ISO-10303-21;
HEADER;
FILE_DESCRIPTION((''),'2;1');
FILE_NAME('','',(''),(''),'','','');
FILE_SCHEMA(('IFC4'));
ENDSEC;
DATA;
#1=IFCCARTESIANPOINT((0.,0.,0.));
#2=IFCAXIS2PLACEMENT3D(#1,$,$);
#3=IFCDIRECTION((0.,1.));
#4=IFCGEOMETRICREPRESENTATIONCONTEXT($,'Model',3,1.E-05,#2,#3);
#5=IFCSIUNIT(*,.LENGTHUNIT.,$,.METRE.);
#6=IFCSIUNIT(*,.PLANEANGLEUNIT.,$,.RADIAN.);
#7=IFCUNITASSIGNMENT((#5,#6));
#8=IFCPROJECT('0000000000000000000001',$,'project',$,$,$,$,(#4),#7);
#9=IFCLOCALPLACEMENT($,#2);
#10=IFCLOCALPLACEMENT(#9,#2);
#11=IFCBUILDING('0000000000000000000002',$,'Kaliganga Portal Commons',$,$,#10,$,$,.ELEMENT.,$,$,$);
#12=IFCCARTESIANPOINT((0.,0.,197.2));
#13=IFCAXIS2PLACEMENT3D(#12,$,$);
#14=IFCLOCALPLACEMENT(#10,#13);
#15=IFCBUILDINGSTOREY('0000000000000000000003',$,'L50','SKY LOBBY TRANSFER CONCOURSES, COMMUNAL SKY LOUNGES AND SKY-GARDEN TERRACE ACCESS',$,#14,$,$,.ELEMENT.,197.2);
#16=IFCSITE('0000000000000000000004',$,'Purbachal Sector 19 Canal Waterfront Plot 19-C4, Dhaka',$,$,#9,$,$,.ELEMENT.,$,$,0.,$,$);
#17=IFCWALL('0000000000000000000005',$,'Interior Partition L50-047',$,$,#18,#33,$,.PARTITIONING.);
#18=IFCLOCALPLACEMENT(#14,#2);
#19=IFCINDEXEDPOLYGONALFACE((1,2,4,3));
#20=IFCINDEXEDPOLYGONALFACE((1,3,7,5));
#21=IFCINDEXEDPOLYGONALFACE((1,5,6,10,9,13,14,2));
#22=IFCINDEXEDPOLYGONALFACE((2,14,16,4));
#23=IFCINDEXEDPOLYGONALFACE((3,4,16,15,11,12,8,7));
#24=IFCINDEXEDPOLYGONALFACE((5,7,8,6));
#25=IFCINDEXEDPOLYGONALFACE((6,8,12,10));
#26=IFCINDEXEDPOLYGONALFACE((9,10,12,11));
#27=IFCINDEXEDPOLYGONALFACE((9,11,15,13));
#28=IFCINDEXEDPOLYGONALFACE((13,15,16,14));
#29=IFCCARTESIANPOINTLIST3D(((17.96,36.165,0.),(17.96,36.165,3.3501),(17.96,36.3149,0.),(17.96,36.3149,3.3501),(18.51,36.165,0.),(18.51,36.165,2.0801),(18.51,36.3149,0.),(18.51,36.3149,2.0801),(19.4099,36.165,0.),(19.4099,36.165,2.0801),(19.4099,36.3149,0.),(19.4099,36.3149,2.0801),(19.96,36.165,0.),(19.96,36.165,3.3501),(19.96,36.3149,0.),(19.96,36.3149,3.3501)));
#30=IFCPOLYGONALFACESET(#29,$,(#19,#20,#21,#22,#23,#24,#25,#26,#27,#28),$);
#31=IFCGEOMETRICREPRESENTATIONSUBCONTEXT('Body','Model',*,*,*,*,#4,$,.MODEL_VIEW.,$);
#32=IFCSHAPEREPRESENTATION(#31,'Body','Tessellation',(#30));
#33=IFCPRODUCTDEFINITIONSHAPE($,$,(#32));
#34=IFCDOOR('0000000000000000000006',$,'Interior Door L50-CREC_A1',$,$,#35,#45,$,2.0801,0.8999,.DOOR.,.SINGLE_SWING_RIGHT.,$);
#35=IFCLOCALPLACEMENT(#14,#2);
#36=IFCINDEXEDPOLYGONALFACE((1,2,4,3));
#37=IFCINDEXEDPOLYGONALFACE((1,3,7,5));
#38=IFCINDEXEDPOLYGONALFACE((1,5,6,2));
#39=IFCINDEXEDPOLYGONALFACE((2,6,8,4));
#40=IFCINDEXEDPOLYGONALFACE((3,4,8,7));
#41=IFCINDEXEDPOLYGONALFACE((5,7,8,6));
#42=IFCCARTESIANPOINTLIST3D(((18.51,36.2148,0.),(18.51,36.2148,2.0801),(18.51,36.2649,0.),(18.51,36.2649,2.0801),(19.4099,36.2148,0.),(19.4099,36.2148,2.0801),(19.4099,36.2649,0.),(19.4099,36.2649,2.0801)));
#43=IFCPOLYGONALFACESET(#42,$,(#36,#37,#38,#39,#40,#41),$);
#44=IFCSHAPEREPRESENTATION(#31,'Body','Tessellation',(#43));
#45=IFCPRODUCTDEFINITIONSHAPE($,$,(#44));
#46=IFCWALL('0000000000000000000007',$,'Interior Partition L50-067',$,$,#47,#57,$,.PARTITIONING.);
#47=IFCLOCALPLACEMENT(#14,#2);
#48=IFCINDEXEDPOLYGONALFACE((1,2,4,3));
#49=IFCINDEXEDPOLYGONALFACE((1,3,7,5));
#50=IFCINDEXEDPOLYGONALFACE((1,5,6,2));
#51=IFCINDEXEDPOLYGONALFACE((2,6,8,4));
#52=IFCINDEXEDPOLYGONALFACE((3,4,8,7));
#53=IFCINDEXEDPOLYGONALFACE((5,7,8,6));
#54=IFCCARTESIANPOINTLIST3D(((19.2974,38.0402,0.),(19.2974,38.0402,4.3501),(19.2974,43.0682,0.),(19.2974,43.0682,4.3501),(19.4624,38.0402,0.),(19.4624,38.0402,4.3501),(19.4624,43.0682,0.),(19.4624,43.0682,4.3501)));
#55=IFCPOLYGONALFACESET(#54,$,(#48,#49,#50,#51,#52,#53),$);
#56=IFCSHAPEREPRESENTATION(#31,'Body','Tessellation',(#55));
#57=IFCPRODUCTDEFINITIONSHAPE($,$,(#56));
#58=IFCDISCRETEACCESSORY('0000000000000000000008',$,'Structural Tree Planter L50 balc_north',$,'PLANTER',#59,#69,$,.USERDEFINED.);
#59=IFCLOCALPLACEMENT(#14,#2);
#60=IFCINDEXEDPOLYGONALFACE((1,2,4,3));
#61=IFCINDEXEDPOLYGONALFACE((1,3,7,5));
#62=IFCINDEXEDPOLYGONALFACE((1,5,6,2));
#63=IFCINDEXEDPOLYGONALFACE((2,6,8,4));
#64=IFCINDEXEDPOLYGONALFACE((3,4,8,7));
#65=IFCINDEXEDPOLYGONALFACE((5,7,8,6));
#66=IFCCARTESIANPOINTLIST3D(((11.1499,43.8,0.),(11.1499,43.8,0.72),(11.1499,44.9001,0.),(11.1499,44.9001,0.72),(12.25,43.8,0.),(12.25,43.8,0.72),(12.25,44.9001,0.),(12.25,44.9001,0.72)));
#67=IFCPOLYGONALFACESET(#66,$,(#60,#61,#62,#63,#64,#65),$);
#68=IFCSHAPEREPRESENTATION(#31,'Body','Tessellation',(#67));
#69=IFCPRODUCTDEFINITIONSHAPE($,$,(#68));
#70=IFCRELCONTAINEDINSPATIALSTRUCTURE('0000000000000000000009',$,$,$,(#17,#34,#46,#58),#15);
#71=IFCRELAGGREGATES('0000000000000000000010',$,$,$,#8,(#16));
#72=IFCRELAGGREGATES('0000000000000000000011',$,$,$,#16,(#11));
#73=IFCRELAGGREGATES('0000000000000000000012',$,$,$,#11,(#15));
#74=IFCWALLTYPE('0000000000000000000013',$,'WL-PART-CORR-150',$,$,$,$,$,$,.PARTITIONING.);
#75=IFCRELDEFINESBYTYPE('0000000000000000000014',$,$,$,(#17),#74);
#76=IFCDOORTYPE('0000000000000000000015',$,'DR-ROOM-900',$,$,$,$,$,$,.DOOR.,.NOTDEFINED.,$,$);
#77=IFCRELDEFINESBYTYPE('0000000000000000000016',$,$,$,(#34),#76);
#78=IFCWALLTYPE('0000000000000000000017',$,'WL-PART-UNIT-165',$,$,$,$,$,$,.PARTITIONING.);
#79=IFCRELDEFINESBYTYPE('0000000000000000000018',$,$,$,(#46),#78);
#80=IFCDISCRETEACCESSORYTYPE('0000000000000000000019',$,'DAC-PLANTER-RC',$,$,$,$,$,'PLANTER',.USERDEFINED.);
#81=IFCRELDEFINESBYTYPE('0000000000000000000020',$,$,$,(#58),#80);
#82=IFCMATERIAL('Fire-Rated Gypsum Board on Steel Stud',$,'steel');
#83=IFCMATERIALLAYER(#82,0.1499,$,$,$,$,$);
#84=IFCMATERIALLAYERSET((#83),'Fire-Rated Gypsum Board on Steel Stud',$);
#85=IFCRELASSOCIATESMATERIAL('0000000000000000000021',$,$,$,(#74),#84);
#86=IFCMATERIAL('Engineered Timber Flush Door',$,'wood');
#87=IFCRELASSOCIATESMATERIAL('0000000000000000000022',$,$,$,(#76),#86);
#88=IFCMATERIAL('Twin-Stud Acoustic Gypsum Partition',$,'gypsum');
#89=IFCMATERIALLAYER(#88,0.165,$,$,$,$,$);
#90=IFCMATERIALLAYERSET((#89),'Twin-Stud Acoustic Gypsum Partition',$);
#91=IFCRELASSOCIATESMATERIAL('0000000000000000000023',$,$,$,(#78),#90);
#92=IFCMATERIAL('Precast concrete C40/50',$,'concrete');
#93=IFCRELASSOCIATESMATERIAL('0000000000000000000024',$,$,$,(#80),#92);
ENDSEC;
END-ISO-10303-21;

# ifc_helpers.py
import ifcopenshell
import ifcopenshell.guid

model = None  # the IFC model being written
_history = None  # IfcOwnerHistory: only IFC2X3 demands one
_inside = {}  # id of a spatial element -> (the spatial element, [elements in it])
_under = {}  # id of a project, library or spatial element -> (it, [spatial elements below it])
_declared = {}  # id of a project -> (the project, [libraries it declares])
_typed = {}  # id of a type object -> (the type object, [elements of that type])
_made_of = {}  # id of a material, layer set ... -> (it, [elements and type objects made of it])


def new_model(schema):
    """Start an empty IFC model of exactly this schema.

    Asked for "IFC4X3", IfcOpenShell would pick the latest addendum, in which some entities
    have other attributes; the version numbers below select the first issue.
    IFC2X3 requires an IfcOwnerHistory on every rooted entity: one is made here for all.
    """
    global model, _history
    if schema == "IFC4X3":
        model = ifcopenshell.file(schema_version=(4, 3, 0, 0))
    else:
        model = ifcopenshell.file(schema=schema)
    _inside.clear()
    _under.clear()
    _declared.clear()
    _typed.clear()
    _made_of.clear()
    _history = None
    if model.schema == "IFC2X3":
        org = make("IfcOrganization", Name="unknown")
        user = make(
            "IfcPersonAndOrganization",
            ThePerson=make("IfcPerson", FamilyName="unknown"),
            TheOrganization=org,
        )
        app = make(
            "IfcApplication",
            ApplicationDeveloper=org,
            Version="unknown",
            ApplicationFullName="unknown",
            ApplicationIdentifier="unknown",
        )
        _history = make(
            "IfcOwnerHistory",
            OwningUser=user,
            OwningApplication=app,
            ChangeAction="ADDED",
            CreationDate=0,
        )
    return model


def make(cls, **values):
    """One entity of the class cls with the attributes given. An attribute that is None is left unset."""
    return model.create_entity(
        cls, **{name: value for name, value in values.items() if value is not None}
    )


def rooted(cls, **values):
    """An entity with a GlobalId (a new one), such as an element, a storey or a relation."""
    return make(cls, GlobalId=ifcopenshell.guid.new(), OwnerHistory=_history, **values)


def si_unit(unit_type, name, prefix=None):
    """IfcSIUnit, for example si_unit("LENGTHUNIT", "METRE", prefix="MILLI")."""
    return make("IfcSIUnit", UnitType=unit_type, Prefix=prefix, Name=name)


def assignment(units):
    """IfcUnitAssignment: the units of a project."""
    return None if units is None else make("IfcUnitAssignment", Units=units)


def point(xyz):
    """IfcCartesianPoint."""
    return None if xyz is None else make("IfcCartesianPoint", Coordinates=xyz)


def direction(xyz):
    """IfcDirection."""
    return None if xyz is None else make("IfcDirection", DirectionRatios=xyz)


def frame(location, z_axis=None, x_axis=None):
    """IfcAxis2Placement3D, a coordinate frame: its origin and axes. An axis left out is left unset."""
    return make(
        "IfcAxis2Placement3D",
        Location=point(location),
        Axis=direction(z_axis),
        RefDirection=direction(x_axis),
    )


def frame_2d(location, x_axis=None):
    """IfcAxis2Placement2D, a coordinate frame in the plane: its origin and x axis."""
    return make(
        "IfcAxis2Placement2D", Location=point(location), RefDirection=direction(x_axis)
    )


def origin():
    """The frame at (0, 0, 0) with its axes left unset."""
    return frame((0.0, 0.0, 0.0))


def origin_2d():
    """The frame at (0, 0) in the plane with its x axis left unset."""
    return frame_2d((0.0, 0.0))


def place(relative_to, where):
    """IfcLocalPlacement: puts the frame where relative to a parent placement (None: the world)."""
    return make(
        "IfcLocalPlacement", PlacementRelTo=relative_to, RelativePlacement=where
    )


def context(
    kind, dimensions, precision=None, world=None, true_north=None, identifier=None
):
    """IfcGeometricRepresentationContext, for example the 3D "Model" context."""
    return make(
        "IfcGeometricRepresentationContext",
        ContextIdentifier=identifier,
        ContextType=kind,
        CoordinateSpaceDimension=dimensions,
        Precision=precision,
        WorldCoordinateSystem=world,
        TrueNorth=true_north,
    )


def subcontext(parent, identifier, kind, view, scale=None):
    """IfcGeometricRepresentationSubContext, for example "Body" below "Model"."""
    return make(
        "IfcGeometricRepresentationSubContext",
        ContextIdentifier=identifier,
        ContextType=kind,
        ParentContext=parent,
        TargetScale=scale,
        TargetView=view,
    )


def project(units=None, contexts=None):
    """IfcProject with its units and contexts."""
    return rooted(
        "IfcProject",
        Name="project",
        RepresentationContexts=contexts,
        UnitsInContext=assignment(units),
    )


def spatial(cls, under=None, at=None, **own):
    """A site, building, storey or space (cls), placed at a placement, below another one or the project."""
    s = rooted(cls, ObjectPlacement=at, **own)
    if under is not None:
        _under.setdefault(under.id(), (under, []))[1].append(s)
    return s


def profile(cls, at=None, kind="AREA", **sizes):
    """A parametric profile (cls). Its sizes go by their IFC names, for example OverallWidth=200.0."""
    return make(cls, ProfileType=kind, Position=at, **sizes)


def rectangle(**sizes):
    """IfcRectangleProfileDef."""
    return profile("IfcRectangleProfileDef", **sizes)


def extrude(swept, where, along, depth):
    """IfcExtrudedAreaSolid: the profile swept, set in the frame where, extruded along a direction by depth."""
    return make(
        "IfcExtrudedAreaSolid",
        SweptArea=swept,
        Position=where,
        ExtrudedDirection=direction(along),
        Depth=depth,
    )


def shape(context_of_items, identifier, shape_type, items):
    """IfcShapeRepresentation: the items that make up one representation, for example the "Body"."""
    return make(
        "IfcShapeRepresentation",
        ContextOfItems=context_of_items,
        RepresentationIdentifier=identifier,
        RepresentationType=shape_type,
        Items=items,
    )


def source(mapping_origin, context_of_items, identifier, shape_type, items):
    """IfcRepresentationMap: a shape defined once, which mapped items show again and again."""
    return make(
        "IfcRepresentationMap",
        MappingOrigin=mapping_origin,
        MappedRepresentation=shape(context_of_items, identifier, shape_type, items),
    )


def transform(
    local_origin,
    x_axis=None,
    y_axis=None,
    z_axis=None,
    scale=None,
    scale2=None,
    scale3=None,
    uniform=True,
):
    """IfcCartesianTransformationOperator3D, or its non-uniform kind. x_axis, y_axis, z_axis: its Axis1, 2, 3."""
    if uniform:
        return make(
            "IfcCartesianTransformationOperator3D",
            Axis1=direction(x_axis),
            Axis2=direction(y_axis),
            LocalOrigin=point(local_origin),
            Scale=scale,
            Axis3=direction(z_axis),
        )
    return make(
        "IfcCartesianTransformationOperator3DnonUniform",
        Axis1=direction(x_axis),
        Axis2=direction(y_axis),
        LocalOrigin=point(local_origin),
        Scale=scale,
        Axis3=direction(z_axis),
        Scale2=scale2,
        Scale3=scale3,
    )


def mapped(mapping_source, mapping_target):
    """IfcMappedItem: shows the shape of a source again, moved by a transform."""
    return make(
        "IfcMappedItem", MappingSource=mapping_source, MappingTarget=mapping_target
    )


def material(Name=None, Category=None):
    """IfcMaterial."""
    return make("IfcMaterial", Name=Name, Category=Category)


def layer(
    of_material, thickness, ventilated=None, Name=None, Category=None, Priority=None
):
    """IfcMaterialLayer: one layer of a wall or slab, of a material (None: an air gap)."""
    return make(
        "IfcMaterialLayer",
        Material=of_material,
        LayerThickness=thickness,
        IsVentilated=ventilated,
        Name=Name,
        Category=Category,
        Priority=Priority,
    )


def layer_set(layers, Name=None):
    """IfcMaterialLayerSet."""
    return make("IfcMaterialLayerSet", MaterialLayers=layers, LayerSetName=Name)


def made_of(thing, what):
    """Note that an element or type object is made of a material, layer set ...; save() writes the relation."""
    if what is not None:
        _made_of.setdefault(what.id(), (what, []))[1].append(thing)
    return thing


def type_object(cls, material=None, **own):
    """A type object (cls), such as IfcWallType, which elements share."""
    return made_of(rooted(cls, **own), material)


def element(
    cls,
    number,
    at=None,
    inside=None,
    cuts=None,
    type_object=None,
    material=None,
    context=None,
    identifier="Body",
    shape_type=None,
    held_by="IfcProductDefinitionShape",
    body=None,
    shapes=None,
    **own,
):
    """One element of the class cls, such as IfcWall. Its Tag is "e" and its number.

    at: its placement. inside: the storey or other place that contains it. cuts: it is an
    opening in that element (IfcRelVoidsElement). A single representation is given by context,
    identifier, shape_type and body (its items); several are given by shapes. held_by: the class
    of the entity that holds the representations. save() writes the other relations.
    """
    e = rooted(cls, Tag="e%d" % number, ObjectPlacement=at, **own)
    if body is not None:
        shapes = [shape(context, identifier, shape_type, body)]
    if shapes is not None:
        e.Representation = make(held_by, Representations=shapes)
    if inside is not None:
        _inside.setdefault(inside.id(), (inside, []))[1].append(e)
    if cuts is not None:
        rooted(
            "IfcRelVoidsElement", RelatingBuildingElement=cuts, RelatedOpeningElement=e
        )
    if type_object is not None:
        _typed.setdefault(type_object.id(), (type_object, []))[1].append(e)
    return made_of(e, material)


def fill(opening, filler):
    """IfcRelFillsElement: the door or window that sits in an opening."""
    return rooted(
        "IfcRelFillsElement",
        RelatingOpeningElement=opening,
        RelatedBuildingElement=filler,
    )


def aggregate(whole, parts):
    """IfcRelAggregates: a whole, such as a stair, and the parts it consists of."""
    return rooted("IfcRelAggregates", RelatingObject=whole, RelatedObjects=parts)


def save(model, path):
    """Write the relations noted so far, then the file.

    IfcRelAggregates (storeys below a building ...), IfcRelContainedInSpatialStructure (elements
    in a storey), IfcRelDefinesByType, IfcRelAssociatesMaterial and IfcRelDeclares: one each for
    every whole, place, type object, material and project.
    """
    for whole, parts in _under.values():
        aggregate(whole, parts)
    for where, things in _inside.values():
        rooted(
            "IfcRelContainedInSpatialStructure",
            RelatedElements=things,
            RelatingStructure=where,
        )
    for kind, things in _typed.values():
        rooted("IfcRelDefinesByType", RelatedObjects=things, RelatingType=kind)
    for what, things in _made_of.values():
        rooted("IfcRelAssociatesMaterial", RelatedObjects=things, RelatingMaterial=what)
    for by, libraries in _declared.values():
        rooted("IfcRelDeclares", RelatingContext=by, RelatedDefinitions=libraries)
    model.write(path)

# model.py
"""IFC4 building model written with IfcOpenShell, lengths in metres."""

from ifc_helpers import new_model, si_unit, direction, frame, frame_2d, origin, origin_2d, place, context, subcontext, project, spatial, rectangle, extrude, source, transform, mapped, material, layer, layer_set, type_object, element, fill, save


model = new_model("IFC4")

# Units and contexts
model_context = context("Model", 3, precision=1e-05, world=origin(), true_north=direction((0.0, 1.0)))
body_context = subcontext(model_context, "Body", "Model", "MODEL_VIEW")
ifc_project = project(units=[si_unit("LENGTHUNIT", "METRE"), si_unit("PLANEANGLEUNIT", "RADIAN")], contexts=[model_context])

# Site, building, storey
site_placement = place(None, origin())
site = spatial("IfcSite", under=ifc_project, at=site_placement, Name="Purbachal Sector 19 Canal Waterfront Plot 19-C4, Dhaka", CompositionType="ELEMENT", RefElevation=0.0)
building_placement = place(site_placement, origin())
building = spatial("IfcBuilding", under=site, at=building_placement, Name="Kaliganga Portal Commons", CompositionType="ELEMENT")
storey_placement = place(building_placement, frame((0.0, 0.0, 197.2)))
storey = spatial("IfcBuildingStorey", under=building, at=storey_placement, Name="L50", Description="SKY LOBBY TRANSFER CONCOURSES, COMMUNAL SKY LOUNGES AND SKY-GARDEN TERRACE ACCESS", CompositionType="ELEMENT", Elevation=197.2)

# Wall, opening, door
ifc_material_1 = material(Name="Fire-Rated Gypsum Board on Steel Stud", Category="steel")
ifc_layer_1 = layer(ifc_material_1, 0.1499)
ifc_layer_set_1 = layer_set([ifc_layer_1], Name="Fire-Rated Gypsum Board on Steel Stud")
wall_type_1 = type_object("IfcWallType", Name="WL-PART-CORR-150", PredefinedType="PARTITIONING", material=ifc_layer_set_1)
ifc_material_2 = material(Name="Engineered Timber Flush Door", Category="wood")
door_type_1 = type_object("IfcDoorType", Name="DR-ROOM-900", OperationType="NOTDEFINED", PredefinedType="DOOR", material=ifc_material_2)
wall_1_placement = place(storey_placement, frame((17.96, 36.24, 0.0), z_axis=(0.0, 0.0, 1.0), x_axis=(1.0, 0.0, 0.0)))
wall_1 = element("IfcWall", 1, at=wall_1_placement, inside=storey, type_object=wall_type_1, Name="Interior Partition L50-047", PredefinedType="PARTITIONING", context=body_context, shape_type="SweptSolid", body=[
    extrude(rectangle(XDim=2.0, YDim=0.1499, at=frame_2d((1.0, 0.0))), origin(), (0.0, 0.0, 1.0), 3.3501),
])
opening_1_placement = place(wall_1_placement, frame((0.55, 0.0, 0.0)))
opening_1 = element("IfcOpeningElement", 2, at=opening_1_placement, cuts=wall_1, PredefinedType="OPENING", context=body_context, shape_type="SweptSolid", body=[
    extrude(rectangle(XDim=0.8999, YDim=2.0801, at=frame_2d((0.45, 1.04))), frame((0.0, 0.085, 0.0), z_axis=(0.0, -1.0, 0.0), x_axis=(1.0, 0.0, 0.0)), (0.0, 0.0, 1.0), 0.1699),
])
door_1_placement = place(opening_1_placement, origin())
door_1 = element("IfcDoor", 3, at=door_1_placement, inside=storey, type_object=door_type_1, Name="Interior Door L50-CREC_A1", OperationType="SINGLE_SWING_RIGHT", OverallHeight=2.0801, OverallWidth=0.8999, PredefinedType="DOOR", context=body_context, shape_type="SweptSolid", body=[
    extrude(rectangle(XDim=0.8999, YDim=2.0801, at=frame_2d((0.45, 1.04))), frame((0.0, 0.0249, 0.0), z_axis=(0.0, -1.0, 0.0), x_axis=(1.0, 0.0, 0.0)), (0.0, 0.0, 1.0), 0.05),
])
fill(opening_1, door_1)

# Wall
ifc_material_3 = material(Name="Twin-Stud Acoustic Gypsum Partition", Category="gypsum")
ifc_layer_2 = layer(ifc_material_3, 0.165)
ifc_layer_set_2 = layer_set([ifc_layer_2], Name="Twin-Stud Acoustic Gypsum Partition")
wall_type_2 = type_object("IfcWallType", Name="WL-PART-UNIT-165", PredefinedType="PARTITIONING", material=ifc_layer_set_2)
wall_2_placement = place(storey_placement, frame((19.3799, 38.04, 0.0), z_axis=(0.0, 0.0, 1.0), x_axis=(0.0, 1.0, 0.0)))
element("IfcWall", 4, at=wall_2_placement, inside=storey, type_object=wall_type_2, Name="Interior Partition L50-067", PredefinedType="PARTITIONING", context=body_context, shape_type="SweptSolid", body=[
    extrude(rectangle(XDim=5.0281, YDim=0.165, at=frame_2d((2.5142, 0.0))), origin(), (0.0, 0.0, 1.0), 4.3501),
])

# Discrete accessory
ifc_material_4 = material(Name="Precast concrete C40/50", Category="concrete")
discrete_accessory_type = type_object("IfcDiscreteAccessoryType", Name="DAC-PLANTER-RC", ElementType="PLANTER", PredefinedType="USERDEFINED", material=ifc_material_4)
shared_shape_1 = source(origin(), body_context, "Body", "SweptSolid", [
    extrude(rectangle(XDim=1.1001, YDim=1.1001, at=origin_2d()), origin(), (0.0, 0.0, 1.0), 0.72),
])
discrete_accessory_placement = place(storey_placement, frame((11.7, 44.3501, 0.0), z_axis=(0.0, 0.0, 1.0), x_axis=(1.0, 0.0, 0.0)))
element("IfcDiscreteAccessory", 5, at=discrete_accessory_placement, inside=storey, type_object=discrete_accessory_type, Name="Structural Tree Planter L50 balc_north", ObjectType="PLANTER", PredefinedType="USERDEFINED", context=body_context, shape_type="MappedRepresentation", body=[
    mapped(shared_shape_1, transform((0.0, 0.0, 0.0), x_axis=(1.0, 0.0, 0.0), y_axis=(0.0, 1.0, 0.0), z_axis=(0.0, 0.0, 1.0), scale=1.0)),
])

save(model, "model.ifc")
